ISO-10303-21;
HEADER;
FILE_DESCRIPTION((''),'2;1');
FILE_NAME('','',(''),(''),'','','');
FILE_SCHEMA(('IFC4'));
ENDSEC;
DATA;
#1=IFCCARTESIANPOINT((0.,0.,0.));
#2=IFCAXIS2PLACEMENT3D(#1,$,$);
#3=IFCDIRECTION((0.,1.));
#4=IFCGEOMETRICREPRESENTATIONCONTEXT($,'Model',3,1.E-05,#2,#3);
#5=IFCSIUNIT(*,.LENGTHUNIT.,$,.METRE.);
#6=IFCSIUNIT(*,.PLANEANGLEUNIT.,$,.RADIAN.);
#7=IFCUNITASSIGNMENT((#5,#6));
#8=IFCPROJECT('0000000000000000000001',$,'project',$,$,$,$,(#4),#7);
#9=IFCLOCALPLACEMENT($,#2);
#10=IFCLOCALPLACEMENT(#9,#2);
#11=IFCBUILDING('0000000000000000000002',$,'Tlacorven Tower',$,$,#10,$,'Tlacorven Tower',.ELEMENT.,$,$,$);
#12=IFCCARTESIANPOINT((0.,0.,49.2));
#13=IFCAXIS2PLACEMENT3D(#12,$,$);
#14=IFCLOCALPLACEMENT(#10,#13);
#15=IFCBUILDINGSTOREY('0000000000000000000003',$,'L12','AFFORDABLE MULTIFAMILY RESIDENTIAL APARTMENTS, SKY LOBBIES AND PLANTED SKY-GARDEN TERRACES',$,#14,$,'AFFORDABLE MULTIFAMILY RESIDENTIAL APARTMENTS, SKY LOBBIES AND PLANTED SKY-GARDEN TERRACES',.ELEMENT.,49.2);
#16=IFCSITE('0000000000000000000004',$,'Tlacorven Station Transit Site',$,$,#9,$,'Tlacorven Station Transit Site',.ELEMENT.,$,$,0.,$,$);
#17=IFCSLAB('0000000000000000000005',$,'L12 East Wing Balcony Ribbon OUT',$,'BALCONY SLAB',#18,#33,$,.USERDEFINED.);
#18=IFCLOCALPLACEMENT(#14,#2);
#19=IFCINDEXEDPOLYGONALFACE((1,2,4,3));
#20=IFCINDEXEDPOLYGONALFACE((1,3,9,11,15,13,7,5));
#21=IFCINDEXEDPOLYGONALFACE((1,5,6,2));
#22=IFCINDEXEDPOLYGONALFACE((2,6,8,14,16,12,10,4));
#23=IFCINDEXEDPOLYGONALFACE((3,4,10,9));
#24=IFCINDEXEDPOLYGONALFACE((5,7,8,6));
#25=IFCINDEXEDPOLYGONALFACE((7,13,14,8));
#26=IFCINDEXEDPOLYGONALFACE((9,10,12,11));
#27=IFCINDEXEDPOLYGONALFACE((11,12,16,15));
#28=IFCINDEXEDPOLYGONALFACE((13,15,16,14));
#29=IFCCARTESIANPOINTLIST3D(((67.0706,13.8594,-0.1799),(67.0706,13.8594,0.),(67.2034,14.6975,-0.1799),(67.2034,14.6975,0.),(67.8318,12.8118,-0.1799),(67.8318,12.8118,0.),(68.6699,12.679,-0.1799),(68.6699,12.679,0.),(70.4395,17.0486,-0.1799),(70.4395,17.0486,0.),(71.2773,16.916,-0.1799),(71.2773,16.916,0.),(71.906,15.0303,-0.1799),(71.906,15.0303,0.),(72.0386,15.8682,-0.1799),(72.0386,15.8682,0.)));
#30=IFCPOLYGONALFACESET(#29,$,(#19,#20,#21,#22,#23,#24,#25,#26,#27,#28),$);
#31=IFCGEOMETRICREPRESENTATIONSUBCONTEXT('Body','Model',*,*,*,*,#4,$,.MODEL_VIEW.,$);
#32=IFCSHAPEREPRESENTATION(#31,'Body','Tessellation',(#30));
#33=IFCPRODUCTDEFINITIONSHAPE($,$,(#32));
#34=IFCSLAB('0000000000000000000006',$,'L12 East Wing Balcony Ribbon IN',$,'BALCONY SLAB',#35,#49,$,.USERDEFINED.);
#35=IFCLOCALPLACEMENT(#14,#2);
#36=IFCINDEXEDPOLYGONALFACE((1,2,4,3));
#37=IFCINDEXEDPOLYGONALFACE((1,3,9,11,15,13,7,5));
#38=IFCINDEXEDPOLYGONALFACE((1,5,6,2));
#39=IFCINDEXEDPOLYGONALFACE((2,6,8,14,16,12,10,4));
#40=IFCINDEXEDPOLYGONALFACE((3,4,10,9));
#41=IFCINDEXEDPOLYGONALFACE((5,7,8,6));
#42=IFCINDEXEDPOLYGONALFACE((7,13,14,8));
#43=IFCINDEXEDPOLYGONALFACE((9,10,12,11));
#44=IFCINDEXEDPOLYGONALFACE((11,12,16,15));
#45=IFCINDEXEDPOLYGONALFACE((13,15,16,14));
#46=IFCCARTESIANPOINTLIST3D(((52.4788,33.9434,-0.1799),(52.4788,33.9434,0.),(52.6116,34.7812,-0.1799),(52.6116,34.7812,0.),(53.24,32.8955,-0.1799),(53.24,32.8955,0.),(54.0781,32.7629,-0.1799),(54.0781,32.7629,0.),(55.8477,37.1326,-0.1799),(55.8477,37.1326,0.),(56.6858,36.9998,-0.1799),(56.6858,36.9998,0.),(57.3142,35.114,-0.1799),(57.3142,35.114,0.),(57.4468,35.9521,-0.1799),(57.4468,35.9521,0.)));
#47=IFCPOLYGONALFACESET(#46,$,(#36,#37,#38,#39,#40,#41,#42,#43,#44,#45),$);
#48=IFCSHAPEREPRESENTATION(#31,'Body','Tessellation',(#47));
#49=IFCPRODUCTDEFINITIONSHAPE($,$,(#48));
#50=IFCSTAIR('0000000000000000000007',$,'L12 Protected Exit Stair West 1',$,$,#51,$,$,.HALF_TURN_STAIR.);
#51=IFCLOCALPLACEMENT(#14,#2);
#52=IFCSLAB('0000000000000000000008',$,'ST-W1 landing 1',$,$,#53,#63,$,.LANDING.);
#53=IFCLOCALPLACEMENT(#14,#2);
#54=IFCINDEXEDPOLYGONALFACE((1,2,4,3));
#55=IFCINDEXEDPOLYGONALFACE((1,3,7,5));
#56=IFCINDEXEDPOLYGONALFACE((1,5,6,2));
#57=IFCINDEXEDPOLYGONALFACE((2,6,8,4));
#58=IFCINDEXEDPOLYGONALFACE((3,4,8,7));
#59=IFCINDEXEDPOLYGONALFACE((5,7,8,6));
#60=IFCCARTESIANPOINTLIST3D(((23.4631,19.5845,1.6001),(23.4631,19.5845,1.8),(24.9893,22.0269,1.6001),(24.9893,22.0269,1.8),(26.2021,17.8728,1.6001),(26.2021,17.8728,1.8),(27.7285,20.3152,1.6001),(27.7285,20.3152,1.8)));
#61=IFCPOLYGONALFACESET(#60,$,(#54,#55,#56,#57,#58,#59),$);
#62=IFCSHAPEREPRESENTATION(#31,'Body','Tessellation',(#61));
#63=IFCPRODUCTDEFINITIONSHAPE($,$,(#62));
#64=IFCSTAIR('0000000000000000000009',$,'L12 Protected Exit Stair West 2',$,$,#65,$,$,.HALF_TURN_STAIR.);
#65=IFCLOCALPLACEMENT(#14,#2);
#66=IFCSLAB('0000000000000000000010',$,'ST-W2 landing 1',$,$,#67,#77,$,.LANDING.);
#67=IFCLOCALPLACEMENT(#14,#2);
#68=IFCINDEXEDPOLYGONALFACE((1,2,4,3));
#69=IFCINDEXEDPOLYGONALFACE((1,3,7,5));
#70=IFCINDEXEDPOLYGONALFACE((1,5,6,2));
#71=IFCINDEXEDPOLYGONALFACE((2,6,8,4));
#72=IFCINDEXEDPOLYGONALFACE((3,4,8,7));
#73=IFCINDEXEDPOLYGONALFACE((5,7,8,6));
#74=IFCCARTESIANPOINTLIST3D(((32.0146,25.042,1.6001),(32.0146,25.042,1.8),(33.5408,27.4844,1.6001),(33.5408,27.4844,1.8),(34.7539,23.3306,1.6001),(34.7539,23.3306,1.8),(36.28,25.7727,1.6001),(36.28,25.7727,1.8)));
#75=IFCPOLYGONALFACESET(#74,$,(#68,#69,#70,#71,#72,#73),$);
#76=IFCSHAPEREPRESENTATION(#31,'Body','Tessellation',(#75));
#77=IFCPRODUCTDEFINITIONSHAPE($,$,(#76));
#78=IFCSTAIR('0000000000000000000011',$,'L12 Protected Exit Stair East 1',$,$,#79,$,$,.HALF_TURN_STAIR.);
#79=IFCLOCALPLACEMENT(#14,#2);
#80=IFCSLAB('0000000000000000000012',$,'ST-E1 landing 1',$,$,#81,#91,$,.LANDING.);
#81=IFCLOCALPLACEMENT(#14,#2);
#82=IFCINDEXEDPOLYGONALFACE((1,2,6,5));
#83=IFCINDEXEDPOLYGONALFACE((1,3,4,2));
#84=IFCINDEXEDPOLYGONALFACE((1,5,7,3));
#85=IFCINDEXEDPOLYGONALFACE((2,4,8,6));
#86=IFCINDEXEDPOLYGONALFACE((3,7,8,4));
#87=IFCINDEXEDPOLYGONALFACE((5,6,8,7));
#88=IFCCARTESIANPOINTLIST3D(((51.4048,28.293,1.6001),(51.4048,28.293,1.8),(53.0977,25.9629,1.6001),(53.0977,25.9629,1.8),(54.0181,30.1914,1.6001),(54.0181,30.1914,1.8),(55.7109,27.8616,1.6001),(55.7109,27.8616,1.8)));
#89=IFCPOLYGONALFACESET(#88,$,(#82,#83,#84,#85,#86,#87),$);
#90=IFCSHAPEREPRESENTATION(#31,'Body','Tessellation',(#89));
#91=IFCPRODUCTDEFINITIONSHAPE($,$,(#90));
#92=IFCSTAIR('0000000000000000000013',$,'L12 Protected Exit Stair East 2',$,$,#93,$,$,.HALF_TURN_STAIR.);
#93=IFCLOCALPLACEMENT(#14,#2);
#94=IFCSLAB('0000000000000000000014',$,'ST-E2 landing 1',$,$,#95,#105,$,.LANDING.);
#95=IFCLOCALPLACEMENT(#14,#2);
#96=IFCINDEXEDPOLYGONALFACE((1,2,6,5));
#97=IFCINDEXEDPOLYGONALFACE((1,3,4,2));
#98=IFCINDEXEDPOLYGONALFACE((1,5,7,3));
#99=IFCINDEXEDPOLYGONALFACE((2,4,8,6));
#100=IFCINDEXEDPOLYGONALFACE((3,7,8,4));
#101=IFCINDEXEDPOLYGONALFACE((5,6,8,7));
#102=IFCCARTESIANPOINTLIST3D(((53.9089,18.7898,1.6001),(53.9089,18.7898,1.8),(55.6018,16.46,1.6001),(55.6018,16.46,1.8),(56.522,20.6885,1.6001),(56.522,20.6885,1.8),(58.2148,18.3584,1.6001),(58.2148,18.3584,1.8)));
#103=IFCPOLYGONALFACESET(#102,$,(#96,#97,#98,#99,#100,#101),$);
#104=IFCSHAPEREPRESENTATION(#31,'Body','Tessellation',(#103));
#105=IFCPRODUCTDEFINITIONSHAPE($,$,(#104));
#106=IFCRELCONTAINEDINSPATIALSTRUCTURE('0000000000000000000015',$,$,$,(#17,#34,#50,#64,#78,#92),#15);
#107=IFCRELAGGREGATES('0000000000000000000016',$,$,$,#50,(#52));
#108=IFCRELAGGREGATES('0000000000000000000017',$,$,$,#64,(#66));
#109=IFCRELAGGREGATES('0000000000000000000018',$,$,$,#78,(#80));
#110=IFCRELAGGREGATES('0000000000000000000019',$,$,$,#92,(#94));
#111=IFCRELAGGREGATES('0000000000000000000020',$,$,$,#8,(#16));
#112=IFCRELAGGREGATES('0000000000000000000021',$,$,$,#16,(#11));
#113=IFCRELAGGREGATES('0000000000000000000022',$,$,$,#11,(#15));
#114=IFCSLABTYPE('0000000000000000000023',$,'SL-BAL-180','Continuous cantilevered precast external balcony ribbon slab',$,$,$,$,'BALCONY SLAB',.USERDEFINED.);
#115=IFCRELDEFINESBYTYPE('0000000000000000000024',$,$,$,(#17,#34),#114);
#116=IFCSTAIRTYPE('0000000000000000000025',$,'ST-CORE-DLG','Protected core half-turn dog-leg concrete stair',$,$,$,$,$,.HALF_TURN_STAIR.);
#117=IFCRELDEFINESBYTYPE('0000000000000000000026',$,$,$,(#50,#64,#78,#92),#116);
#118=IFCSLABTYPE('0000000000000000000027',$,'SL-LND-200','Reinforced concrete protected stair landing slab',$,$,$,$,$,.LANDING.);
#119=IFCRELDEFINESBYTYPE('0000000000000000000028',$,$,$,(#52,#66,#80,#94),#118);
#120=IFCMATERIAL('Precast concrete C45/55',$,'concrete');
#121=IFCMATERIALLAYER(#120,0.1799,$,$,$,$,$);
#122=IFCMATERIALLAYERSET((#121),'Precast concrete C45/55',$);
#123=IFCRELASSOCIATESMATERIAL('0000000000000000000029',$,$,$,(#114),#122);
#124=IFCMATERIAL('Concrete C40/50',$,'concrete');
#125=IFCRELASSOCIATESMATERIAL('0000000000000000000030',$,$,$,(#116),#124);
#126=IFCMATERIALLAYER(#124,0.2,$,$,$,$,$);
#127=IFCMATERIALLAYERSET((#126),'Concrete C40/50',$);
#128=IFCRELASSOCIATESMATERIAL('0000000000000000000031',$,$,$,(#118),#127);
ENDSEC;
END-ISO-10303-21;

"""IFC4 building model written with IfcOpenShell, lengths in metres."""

from ifc_helpers import new_model, si_unit, direction, frame, origin, place, context, subcontext, project, spatial, polyline, outline, extrude, material, layer, layer_set, type_object, element, aggregate, save


model = new_model("IFC4")

# Units and contexts
model_context = context("Model", 3, precision=1e-05, world=origin(), true_north=direction((0.0, 1.0)))
body_context = subcontext(model_context, "Body", "Model", "MODEL_VIEW")
ifc_project = project(units=[si_unit("LENGTHUNIT", "METRE"), si_unit("PLANEANGLEUNIT", "RADIAN")], contexts=[model_context])

# Site, building, storey
site_placement = place(None, origin())
site = spatial("IfcSite", under=ifc_project, at=site_placement, Name="Tlacorven Station Transit Site", LongName="Tlacorven Station Transit Site", CompositionType="ELEMENT", RefElevation=0.0)
building_placement = place(site_placement, origin())
building = spatial("IfcBuilding", under=site, at=building_placement, Name="Tlacorven Tower", LongName="Tlacorven Tower", CompositionType="ELEMENT")
storey_placement = place(building_placement, frame((0.0, 0.0, 49.2)))
storey = spatial("IfcBuildingStorey", under=building, at=storey_placement, Name="L12", Description="AFFORDABLE MULTIFAMILY RESIDENTIAL APARTMENTS, SKY LOBBIES AND PLANTED SKY-GARDEN TERRACES", LongName="AFFORDABLE MULTIFAMILY RESIDENTIAL APARTMENTS, SKY LOBBIES AND PLANTED SKY-GARDEN TERRACES", CompositionType="ELEMENT", Elevation=49.2)

# Slabs
ifc_material_1 = material(Name="Precast concrete C45/55", Category="concrete")
ifc_layer_1 = layer(ifc_material_1, 0.1799)
ifc_layer_set_1 = layer_set([ifc_layer_1], Name="Precast concrete C45/55")
slab_type_1 = type_object("IfcSlabType", Name="SL-BAL-180", Description="Continuous cantilevered precast external balcony ribbon slab", ElementType="BALCONY SLAB", PredefinedType="USERDEFINED", material=ifc_layer_set_1)
slab_1_placement = place(storey_placement, frame((0.0, 0.0, -0.1799)))
element("IfcSlab", 1, at=slab_1_placement, inside=storey, type_object=slab_type_1, Name="L12 East Wing Balcony Ribbon OUT", ObjectType="BALCONY SLAB", PredefinedType="USERDEFINED", context=body_context, shape_type="SweptSolid", body=[
    extrude(outline(polyline([(68.6699, 12.679), (71.906, 15.0303), (72.0386, 15.8682), (71.2773, 16.916), (70.4395, 17.0486), (67.2034, 14.6975), (67.0706, 13.8594), (67.8318, 12.8118), (68.6699, 12.679)])), origin(), (0.0, 0.0, 1.0), 0.1799),
])
slab_2_placement = place(storey_placement, frame((0.0, 0.0, -0.1799)))
element("IfcSlab", 2, at=slab_2_placement, inside=storey, type_object=slab_type_1, Name="L12 East Wing Balcony Ribbon IN", ObjectType="BALCONY SLAB", PredefinedType="USERDEFINED", context=body_context, shape_type="SweptSolid", body=[
    extrude(outline(polyline([(54.0781, 32.7629), (57.3142, 35.114), (57.4468, 35.9521), (56.6858, 36.9998), (55.8477, 37.1326), (52.6116, 34.7812), (52.4788, 33.9434), (53.24, 32.8955), (54.0781, 32.7629)])), origin(), (0.0, 0.0, 1.0), 0.1799),
])

# Stairs, slabs
ifc_material_2 = material(Name="Concrete C40/50", Category="concrete")
stair_type = type_object("IfcStairType", Name="ST-CORE-DLG", Description="Protected core half-turn dog-leg concrete stair", PredefinedType="HALF_TURN_STAIR", material=ifc_material_2)
stair_1_placement = place(storey_placement, origin())
stair_1 = element("IfcStair", 3, at=stair_1_placement, inside=storey, type_object=stair_type, Name="L12 Protected Exit Stair West 1", PredefinedType="HALF_TURN_STAIR")
ifc_layer_2 = layer(ifc_material_2, 0.2)
ifc_layer_set_2 = layer_set([ifc_layer_2], Name="Concrete C40/50")
slab_type_2 = type_object("IfcSlabType", Name="SL-LND-200", Description="Reinforced concrete protected stair landing slab", PredefinedType="LANDING", material=ifc_layer_set_2)
slab_3_placement = place(storey_placement, frame((0.0, 0.0, 1.6001)))
slab_3 = element("IfcSlab", 4, at=slab_3_placement, type_object=slab_type_2, Name="ST-W1 landing 1", PredefinedType="LANDING", context=body_context, shape_type="SweptSolid", body=[
    extrude(outline(polyline([(27.7285, 20.3152), (24.9893, 22.0269), (23.4631, 19.5845), (26.2021, 17.8728), (27.7285, 20.3152)])), origin(), (0.0, 0.0, 1.0), 0.2),
])
aggregate(stair_1, [slab_3])
stair_2_placement = place(storey_placement, origin())
stair_2 = element("IfcStair", 5, at=stair_2_placement, inside=storey, type_object=stair_type, Name="L12 Protected Exit Stair West 2", PredefinedType="HALF_TURN_STAIR")
slab_4_placement = place(storey_placement, frame((0.0, 0.0, 1.6001)))
slab_4 = element("IfcSlab", 6, at=slab_4_placement, type_object=slab_type_2, Name="ST-W2 landing 1", PredefinedType="LANDING", context=body_context, shape_type="SweptSolid", body=[
    extrude(outline(polyline([(36.28, 25.7727), (33.5408, 27.4844), (32.0146, 25.042), (34.7539, 23.3306), (36.28, 25.7727)])), origin(), (0.0, 0.0, 1.0), 0.2),
])
aggregate(stair_2, [slab_4])
stair_3_placement = place(storey_placement, origin())
stair_3 = element("IfcStair", 7, at=stair_3_placement, inside=storey, type_object=stair_type, Name="L12 Protected Exit Stair East 1", PredefinedType="HALF_TURN_STAIR")
slab_5_placement = place(storey_placement, frame((0.0, 0.0, 1.6001)))
slab_5 = element("IfcSlab", 8, at=slab_5_placement, type_object=slab_type_2, Name="ST-E1 landing 1", PredefinedType="LANDING", context=body_context, shape_type="SweptSolid", body=[
    extrude(outline(polyline([(53.0977, 25.9629), (55.7109, 27.8616), (54.0181, 30.1914), (51.4048, 28.293), (53.0977, 25.9629)])), origin(), (0.0, 0.0, 1.0), 0.2),
])
aggregate(stair_3, [slab_5])
stair_4_placement = place(storey_placement, origin())
stair_4 = element("IfcStair", 9, at=stair_4_placement, inside=storey, type_object=stair_type, Name="L12 Protected Exit Stair East 2", PredefinedType="HALF_TURN_STAIR")
slab_6_placement = place(storey_placement, frame((0.0, 0.0, 1.6001)))
slab_6 = element("IfcSlab", 10, at=slab_6_placement, type_object=slab_type_2, Name="ST-E2 landing 1", PredefinedType="LANDING", context=body_context, shape_type="SweptSolid", body=[
    extrude(outline(polyline([(55.6018, 16.46), (58.2148, 18.3584), (56.522, 20.6885), (53.9089, 18.7898), (55.6018, 16.46)])), origin(), (0.0, 0.0, 1.0), 0.2),
])
aggregate(stair_4, [slab_6])

save(model, "model.ifc")
